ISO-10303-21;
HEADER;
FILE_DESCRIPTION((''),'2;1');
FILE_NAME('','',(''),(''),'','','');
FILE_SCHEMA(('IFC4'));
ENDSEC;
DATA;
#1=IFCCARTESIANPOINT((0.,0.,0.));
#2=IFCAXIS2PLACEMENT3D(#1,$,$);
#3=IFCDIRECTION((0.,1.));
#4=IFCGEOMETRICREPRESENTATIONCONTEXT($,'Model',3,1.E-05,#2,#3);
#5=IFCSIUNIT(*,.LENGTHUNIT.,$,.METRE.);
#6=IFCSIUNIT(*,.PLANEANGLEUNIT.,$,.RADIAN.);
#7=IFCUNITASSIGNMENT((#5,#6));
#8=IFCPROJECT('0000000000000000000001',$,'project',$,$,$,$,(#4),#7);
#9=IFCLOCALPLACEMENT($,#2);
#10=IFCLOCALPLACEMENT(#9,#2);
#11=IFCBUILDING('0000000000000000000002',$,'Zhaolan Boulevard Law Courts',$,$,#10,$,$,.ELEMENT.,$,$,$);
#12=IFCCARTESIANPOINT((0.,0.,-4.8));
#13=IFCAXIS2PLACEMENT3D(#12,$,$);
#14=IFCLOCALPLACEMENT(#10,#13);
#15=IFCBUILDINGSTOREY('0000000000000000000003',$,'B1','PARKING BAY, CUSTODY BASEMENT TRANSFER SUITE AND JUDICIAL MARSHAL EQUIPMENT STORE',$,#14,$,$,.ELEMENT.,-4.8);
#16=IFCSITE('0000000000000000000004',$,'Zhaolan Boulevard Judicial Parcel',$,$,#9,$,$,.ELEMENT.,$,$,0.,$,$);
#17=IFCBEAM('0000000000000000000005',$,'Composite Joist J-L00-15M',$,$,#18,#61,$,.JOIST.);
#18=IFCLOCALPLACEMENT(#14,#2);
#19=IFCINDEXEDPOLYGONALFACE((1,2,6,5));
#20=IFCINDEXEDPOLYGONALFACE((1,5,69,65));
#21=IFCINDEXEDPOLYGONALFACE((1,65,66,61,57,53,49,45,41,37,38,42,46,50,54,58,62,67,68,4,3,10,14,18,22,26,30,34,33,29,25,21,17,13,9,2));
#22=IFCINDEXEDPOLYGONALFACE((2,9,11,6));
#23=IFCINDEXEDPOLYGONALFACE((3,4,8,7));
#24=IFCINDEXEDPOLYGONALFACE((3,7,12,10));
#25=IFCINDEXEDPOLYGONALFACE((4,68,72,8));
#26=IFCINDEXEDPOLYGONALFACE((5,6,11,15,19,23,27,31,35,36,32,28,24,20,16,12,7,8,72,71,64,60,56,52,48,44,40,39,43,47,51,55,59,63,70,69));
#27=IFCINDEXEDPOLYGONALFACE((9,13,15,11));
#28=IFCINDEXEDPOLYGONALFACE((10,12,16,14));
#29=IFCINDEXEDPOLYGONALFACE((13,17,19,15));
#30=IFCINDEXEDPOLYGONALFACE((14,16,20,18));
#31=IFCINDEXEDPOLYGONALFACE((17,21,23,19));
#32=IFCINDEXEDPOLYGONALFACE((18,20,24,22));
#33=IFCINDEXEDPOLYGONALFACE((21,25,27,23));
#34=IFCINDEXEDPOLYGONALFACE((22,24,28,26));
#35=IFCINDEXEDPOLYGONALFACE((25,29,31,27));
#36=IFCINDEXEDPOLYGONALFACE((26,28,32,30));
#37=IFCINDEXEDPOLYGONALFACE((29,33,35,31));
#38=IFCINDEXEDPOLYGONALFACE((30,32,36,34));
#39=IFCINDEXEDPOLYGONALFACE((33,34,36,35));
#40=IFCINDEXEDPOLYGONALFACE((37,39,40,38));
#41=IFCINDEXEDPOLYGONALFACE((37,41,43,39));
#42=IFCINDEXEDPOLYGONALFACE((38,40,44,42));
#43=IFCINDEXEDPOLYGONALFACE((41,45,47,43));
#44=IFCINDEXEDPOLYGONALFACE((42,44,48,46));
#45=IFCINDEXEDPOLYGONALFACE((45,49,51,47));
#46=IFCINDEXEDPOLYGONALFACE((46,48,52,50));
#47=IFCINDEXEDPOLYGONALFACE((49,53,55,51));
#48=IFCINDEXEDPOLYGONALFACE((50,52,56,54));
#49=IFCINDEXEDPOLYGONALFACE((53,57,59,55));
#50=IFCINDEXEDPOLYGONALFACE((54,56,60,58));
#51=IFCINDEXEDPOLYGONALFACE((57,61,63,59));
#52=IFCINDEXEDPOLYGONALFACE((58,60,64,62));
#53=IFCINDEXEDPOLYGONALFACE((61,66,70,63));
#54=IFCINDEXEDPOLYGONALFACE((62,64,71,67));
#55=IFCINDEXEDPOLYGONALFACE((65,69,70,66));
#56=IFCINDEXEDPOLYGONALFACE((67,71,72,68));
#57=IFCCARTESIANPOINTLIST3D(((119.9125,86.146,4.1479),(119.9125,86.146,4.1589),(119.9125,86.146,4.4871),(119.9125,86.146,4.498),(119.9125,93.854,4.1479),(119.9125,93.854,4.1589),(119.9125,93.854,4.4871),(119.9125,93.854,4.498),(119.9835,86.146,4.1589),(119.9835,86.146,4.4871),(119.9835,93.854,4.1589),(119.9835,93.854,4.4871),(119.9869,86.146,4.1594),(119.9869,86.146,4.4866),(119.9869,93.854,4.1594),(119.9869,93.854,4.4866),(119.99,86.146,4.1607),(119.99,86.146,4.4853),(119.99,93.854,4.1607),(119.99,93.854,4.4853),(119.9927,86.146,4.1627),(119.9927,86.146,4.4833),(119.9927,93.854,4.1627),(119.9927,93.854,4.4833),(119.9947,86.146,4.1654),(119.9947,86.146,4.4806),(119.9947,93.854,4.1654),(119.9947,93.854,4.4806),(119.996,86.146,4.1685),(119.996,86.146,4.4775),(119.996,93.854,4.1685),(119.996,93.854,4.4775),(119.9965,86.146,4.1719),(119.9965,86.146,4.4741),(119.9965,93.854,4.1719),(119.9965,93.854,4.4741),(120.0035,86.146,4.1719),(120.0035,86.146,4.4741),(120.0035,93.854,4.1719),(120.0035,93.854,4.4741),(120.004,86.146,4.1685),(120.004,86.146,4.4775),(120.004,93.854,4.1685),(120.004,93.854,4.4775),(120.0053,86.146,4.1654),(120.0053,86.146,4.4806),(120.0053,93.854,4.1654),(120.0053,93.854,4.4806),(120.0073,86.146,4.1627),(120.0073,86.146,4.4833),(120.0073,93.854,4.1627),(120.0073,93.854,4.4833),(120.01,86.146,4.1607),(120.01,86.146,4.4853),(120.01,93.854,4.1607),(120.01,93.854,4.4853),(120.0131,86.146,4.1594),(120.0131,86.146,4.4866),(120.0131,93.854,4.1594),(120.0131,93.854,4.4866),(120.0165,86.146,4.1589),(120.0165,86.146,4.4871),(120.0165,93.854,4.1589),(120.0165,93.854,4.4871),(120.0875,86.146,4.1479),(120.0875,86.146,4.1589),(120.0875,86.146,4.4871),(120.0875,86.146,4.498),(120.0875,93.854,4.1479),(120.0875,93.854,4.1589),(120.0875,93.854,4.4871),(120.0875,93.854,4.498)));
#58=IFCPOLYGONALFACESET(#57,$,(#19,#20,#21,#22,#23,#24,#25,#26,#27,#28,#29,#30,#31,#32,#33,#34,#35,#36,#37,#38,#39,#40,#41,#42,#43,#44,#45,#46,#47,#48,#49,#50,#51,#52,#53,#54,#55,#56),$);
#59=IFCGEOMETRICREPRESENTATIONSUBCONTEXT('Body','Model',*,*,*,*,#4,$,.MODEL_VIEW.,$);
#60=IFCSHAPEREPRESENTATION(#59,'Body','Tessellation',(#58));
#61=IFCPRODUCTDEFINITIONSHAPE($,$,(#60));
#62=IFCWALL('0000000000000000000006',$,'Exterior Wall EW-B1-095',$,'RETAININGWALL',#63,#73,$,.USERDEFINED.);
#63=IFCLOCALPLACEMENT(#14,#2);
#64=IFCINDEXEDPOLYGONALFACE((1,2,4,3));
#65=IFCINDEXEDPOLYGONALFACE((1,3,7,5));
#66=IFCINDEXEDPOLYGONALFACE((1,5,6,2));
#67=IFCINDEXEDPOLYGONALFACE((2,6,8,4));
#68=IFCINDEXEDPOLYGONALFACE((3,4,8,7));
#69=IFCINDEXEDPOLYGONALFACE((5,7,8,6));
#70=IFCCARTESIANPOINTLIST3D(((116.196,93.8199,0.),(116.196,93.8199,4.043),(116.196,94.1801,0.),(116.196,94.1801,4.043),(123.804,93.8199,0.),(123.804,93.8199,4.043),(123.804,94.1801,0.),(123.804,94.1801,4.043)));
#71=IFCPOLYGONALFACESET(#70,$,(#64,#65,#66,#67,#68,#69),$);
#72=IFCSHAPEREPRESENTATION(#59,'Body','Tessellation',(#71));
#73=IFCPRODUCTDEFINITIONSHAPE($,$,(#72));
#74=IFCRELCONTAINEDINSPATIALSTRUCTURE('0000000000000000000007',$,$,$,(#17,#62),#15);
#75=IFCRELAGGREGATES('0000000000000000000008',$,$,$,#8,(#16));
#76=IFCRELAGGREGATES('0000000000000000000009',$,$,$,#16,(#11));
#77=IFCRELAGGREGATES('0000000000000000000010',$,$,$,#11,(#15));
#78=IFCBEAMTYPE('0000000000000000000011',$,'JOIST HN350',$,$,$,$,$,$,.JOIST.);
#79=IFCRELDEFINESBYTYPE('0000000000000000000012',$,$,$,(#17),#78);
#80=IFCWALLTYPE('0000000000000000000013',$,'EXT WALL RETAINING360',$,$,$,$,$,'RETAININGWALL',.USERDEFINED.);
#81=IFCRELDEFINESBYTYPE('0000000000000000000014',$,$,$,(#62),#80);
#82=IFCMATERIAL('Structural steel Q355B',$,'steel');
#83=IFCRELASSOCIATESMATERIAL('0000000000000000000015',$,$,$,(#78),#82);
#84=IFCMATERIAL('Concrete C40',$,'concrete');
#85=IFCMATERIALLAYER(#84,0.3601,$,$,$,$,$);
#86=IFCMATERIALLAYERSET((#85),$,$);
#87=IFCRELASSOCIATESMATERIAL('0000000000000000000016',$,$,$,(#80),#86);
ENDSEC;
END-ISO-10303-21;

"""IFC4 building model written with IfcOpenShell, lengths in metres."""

from ifc_helpers import new_model, si_unit, direction, frame, frame_2d, origin, origin_2d, place, context, subcontext, project, spatial, rectangle, i_section, extrude, material, layer, layer_set, material_profile, profile_set, type_object, element, save


model = new_model("IFC4")

# Units and contexts
model_context = context("Model", 3, precision=1e-05, world=origin(), true_north=direction((0.0, 1.0)))
body_context = subcontext(model_context, "Body", "Model", "MODEL_VIEW")
ifc_project = project(units=[si_unit("LENGTHUNIT", "METRE"), si_unit("PLANEANGLEUNIT", "RADIAN")], contexts=[model_context])

# Site, building, storey
site_placement = place(None, origin())
site = spatial("IfcSite", under=ifc_project, at=site_placement, Name="Zhaolan Boulevard Judicial Parcel", CompositionType="ELEMENT", RefElevation=0.0)
building_placement = place(site_placement, origin())
building = spatial("IfcBuilding", under=site, at=building_placement, Name="Zhaolan Boulevard Law Courts", CompositionType="ELEMENT")
storey_placement = place(building_placement, frame((0.0, 0.0, -4.8)))
storey = spatial("IfcBuildingStorey", under=building, at=storey_placement, Name="B1", Description="PARKING BAY, CUSTODY BASEMENT TRANSFER SUITE AND JUDICIAL MARSHAL EQUIPMENT STORE", CompositionType="ELEMENT", Elevation=-4.8)

# Beam
ifc_material_1 = material(Name="Structural steel Q355B", Category="steel")
ifc_material_profile_1 = material_profile(ifc_material_1, i_section(OverallWidth=0.175, OverallDepth=0.3501, WebThickness=0.0071, FlangeThickness=0.011, FilletRadius=0.0129, at=origin_2d()), Name="HN350x175")
ifc_profile_set_1 = profile_set([ifc_material_profile_1], Name="Structural steel Q355B")
beam_type_1 = type_object("IfcBeamType", Name="JOIST HN350", PredefinedType="JOIST", material=ifc_profile_set_1)
beam_placement = place(storey_placement, frame((120.0, 86.146, 4.323), z_axis=(0.0, 1.0, 0.0), x_axis=(-1.0, 0.0, 0.0)))
element("IfcBeam", 1, at=beam_placement, inside=storey, type_object=beam_type_1, Name="Composite Joist J-L00-15M", PredefinedType="JOIST", context=body_context, shape_type="SweptSolid", body=[
    extrude(i_section(OverallWidth=0.175, OverallDepth=0.3501, WebThickness=0.0071, FlangeThickness=0.011, FilletRadius=0.0129, at=origin_2d()), origin(), (0.0, 0.0, 1.0), 7.708),
])

# Wall
ifc_material_2 = material(Name="Concrete C40", Category="concrete")
ifc_layer = layer(ifc_material_2, 0.3601)
ifc_layer_set = layer_set([ifc_layer])
wall_type = type_object("IfcWallType", Name="EXT WALL RETAINING360", ElementType="RETAININGWALL", PredefinedType="USERDEFINED", material=ifc_layer_set)
wall_placement = place(storey_placement, frame((123.804, 94.0, 0.0), z_axis=(0.0, 0.0, 1.0), x_axis=(-1.0, 0.0, 0.0)))
element("IfcWall", 2, at=wall_placement, inside=storey, type_object=wall_type, Name="Exterior Wall EW-B1-095", ObjectType="RETAININGWALL", PredefinedType="USERDEFINED", context=body_context, shape_type="SweptSolid", body=[
    extrude(rectangle(XDim=7.6079, YDim=0.3601, at=frame_2d((3.804, 0.0))), origin(), (0.0, 0.0, 1.0), 4.043),
])

save(model, "model.ifc")
